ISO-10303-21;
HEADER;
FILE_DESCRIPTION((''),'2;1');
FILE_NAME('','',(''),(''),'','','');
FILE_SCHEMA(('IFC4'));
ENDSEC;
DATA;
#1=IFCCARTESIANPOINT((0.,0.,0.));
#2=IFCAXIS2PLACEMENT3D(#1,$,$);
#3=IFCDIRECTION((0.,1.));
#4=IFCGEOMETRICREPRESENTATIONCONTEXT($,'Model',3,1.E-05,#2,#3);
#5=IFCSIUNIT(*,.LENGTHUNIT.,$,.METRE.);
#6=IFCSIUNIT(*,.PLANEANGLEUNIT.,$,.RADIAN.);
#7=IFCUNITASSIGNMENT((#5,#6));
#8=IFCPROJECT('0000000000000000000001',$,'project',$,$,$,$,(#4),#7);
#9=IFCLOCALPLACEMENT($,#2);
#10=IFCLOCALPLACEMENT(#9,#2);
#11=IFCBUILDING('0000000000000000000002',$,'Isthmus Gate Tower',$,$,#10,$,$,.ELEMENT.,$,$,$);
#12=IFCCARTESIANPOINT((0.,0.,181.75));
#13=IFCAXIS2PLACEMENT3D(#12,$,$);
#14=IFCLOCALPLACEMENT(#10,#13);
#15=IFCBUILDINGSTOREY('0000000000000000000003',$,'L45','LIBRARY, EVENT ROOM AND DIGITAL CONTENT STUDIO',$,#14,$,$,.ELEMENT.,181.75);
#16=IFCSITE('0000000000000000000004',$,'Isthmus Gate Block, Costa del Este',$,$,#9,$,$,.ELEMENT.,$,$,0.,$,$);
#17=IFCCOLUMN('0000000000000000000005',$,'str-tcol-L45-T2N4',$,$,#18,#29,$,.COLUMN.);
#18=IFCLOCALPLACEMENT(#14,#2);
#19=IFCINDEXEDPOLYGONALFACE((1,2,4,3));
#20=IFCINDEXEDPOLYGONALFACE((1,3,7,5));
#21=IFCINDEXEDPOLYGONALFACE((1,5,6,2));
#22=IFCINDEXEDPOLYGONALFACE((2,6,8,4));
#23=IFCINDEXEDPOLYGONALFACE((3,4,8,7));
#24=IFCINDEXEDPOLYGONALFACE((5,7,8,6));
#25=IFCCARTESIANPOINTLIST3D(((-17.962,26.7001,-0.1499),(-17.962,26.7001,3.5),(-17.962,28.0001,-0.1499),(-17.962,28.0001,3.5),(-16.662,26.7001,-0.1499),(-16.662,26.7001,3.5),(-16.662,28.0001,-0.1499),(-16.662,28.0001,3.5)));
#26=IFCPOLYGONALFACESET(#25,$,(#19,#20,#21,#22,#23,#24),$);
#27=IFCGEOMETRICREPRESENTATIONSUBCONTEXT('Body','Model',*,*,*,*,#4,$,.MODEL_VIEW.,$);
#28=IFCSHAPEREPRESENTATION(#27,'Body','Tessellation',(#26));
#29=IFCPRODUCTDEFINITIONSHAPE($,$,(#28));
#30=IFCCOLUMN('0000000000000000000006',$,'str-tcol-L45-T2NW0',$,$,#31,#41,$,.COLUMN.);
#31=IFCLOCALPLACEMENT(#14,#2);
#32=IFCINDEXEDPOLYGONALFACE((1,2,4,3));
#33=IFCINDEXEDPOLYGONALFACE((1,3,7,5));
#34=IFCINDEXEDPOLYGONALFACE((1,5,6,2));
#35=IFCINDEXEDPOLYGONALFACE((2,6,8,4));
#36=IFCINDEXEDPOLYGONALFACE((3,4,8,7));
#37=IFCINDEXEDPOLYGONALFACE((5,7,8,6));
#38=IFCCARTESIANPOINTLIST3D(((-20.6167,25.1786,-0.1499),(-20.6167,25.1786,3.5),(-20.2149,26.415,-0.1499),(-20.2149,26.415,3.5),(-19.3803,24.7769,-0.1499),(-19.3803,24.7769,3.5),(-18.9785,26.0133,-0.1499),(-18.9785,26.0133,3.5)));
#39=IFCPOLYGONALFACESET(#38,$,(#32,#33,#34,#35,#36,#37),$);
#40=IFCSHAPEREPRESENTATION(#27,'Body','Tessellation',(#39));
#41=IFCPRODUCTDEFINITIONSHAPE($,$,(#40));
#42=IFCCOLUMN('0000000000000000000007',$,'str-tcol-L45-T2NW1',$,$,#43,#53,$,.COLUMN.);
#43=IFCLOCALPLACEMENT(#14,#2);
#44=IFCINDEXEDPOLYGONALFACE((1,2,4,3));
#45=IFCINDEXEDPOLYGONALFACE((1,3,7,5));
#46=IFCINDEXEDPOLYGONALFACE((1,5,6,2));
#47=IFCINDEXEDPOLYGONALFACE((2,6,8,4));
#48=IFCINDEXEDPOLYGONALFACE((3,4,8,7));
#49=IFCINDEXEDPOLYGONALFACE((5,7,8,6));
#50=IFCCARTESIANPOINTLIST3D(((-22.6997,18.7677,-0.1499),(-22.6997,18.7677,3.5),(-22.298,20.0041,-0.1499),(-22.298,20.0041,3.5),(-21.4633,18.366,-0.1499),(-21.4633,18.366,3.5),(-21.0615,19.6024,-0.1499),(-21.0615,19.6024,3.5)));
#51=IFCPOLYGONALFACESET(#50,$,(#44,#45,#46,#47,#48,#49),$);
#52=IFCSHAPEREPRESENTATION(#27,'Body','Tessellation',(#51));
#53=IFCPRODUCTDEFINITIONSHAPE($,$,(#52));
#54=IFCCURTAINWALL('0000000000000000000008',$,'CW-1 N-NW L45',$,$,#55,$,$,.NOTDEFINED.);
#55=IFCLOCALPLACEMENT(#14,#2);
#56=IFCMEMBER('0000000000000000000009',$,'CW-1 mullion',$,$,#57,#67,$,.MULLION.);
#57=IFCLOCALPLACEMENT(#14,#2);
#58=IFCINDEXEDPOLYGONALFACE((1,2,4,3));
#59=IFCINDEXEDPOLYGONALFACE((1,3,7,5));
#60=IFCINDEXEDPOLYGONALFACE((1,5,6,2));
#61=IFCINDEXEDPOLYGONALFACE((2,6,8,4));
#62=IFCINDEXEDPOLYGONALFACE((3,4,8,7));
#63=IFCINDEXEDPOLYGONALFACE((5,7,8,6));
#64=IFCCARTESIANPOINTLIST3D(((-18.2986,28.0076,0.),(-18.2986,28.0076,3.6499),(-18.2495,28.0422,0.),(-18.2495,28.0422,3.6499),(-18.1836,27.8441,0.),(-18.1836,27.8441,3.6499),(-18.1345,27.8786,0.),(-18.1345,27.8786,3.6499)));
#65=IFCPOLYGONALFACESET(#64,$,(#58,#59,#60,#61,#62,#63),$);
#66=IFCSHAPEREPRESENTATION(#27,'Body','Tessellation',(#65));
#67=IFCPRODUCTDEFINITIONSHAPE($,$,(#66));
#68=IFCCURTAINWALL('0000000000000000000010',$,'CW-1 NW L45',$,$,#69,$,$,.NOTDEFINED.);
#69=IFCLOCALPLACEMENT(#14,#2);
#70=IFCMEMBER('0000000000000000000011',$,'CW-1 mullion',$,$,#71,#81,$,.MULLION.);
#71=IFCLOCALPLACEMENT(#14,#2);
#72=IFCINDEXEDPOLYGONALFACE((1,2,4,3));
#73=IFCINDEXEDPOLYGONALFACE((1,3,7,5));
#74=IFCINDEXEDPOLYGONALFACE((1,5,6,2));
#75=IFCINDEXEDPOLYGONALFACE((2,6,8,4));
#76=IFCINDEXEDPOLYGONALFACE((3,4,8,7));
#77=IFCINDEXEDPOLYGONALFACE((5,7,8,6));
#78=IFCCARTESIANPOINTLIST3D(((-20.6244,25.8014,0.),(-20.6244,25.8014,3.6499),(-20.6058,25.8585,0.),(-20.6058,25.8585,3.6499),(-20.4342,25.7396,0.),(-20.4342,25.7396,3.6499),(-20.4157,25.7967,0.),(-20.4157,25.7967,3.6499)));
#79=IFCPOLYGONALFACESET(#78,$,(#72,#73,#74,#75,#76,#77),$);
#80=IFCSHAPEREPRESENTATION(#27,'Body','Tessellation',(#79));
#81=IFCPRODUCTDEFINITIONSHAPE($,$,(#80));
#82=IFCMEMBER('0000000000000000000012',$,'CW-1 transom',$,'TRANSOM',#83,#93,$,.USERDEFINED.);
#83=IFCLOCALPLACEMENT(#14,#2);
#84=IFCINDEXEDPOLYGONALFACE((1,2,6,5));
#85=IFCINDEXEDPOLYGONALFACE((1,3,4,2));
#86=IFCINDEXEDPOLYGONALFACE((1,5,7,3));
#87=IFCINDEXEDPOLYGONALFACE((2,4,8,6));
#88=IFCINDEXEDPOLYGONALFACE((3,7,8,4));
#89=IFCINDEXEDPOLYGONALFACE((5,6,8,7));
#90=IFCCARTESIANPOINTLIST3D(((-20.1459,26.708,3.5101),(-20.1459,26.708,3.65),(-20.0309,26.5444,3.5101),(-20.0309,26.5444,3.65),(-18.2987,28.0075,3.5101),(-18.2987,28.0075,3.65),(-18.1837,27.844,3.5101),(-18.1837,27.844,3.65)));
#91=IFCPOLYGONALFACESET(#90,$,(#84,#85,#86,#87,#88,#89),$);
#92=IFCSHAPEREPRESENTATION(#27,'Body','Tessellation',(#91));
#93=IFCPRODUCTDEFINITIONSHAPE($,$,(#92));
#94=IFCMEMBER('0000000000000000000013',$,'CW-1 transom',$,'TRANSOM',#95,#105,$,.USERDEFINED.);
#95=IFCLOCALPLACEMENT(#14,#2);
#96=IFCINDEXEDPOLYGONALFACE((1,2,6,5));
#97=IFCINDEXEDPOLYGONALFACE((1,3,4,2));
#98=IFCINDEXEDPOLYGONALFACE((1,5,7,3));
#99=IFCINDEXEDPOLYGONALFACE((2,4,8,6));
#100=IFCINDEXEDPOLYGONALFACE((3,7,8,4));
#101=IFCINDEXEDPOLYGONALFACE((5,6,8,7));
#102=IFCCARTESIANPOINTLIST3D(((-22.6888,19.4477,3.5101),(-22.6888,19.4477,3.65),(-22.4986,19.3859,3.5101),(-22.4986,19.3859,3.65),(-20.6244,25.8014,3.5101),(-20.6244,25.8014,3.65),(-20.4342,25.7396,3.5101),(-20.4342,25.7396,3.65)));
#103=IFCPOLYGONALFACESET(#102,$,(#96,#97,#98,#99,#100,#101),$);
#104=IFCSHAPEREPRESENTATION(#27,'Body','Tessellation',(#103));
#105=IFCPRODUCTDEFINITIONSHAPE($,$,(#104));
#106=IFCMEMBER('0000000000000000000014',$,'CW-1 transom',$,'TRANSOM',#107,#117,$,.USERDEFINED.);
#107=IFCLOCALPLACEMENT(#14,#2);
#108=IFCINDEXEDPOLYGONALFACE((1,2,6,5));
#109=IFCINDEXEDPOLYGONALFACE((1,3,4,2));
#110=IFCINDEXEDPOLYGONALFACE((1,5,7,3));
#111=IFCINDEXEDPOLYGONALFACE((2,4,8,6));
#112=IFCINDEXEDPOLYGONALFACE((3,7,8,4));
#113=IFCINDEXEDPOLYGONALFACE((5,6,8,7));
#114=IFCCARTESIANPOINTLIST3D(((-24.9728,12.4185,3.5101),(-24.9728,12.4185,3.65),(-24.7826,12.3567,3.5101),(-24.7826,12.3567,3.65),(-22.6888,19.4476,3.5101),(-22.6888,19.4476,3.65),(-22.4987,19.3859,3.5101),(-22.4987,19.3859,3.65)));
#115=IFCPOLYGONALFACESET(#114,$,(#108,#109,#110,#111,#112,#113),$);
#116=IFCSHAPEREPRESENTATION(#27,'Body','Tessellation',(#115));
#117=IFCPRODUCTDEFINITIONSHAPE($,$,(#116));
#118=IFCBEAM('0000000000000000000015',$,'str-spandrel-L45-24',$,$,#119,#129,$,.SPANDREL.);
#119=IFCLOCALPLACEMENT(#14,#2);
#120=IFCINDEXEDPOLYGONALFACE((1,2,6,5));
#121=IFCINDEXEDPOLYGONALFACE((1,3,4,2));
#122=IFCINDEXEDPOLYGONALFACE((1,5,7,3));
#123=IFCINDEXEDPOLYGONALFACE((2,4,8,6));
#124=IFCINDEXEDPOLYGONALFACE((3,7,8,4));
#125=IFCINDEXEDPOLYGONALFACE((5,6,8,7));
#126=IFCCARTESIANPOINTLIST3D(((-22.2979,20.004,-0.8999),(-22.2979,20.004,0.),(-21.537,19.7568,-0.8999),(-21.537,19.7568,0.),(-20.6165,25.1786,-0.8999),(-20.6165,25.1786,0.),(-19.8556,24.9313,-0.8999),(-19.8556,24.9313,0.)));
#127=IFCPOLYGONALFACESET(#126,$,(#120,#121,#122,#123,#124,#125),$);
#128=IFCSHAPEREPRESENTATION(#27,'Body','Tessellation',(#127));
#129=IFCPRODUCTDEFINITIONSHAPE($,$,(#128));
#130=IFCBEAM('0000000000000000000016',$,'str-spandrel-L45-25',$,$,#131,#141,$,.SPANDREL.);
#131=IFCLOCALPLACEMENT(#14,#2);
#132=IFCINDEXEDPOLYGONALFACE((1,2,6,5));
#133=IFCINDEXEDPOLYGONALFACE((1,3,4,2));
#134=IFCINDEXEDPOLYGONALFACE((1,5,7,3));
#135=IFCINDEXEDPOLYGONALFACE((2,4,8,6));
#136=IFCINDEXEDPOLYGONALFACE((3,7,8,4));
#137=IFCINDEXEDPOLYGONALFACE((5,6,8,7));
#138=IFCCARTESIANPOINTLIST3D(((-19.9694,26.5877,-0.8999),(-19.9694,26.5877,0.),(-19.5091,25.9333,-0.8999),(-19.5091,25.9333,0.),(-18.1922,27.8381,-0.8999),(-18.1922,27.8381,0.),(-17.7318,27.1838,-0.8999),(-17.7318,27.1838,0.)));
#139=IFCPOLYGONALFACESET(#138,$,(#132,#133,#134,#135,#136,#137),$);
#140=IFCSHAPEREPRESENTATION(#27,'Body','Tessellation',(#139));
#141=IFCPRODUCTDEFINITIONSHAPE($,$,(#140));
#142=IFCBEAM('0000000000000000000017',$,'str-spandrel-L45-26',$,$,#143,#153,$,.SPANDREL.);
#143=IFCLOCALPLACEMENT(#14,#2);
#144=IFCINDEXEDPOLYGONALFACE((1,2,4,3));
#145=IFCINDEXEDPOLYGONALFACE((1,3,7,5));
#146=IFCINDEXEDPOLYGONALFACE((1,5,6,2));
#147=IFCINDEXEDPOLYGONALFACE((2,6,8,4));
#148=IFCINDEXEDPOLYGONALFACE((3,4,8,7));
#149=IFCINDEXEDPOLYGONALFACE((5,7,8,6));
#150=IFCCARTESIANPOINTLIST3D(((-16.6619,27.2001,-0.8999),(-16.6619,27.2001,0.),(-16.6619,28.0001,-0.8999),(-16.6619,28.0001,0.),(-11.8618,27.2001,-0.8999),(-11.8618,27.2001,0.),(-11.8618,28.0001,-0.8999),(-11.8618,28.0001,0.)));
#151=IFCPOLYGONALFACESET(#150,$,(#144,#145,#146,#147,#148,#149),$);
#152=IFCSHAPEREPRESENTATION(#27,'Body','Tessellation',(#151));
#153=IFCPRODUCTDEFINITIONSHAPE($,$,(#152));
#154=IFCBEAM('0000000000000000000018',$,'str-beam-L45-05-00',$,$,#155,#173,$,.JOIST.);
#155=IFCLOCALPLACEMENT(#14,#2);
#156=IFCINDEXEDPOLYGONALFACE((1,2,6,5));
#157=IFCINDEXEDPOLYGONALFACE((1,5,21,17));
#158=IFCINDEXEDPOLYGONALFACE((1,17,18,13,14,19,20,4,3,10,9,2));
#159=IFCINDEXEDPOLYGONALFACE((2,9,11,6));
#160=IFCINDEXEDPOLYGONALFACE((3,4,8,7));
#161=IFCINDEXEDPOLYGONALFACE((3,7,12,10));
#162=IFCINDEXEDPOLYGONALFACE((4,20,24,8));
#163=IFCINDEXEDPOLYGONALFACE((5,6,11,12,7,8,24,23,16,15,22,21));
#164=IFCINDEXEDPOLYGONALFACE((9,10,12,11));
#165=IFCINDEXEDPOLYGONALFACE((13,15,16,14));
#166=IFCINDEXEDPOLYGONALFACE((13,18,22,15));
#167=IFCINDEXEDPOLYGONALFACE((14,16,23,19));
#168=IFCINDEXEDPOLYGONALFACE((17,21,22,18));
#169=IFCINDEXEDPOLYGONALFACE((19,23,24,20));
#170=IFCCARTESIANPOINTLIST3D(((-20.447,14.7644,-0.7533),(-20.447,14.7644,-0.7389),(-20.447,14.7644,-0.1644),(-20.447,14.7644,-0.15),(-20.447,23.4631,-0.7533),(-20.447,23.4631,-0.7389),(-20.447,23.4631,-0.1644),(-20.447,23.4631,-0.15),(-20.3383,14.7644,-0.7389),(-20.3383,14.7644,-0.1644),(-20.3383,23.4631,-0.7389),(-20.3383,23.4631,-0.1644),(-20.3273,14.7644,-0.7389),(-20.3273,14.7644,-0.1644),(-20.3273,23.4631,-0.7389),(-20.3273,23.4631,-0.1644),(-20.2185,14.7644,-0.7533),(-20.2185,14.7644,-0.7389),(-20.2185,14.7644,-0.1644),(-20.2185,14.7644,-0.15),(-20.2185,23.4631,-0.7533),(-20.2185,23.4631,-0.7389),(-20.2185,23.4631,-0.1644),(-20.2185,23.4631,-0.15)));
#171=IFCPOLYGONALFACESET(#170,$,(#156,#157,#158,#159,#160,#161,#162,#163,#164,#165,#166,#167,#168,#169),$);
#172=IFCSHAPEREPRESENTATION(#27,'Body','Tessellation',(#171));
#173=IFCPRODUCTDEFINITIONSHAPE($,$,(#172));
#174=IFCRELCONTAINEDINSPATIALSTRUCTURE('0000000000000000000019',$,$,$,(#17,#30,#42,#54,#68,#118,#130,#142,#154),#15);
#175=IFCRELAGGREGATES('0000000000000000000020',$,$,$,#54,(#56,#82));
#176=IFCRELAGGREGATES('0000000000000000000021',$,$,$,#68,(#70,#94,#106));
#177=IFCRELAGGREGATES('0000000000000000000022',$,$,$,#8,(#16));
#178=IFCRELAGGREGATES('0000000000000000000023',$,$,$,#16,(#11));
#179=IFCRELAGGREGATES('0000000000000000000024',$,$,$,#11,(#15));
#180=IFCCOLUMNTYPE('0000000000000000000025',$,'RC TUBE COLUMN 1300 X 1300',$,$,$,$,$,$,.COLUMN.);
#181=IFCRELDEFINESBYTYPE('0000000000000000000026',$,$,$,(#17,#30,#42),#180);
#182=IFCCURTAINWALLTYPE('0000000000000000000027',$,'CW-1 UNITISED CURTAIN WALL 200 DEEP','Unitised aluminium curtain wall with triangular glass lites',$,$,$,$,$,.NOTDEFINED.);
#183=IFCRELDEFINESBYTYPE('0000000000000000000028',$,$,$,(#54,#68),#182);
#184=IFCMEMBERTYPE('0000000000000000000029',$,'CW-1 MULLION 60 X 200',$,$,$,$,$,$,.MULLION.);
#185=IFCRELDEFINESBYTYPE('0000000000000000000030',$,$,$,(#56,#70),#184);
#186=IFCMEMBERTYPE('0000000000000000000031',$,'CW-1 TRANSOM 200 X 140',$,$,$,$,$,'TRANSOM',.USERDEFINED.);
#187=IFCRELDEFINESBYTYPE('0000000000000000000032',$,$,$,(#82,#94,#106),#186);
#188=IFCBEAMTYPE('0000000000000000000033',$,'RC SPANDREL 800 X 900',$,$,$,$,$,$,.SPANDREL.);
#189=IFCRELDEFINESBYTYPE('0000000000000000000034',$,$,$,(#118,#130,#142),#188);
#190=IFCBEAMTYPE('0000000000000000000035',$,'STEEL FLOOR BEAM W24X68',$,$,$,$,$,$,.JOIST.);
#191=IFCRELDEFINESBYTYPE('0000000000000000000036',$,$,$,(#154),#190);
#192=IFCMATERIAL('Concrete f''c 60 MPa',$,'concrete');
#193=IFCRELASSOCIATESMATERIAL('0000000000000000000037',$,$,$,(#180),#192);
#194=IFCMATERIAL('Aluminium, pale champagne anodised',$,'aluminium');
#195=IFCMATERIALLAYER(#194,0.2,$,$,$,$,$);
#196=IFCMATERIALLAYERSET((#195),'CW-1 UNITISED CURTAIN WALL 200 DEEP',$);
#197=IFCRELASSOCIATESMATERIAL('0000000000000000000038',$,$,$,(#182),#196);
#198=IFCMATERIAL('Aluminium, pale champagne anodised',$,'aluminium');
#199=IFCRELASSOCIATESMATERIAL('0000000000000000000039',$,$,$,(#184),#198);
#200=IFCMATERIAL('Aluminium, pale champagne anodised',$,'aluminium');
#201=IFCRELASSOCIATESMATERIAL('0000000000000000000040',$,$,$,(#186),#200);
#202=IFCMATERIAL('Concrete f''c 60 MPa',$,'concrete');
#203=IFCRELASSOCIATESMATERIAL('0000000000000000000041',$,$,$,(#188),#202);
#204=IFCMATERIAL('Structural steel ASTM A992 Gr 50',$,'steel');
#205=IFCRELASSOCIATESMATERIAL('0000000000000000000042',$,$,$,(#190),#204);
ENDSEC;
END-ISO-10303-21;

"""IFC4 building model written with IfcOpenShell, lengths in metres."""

from ifc_helpers import new_model, si_unit, direction, frame, origin, origin_2d, place, context, subcontext, project, spatial, rectangle, i_section, extrude, material, layer, layer_set, material_profile, profile_set, type_object, element, aggregate, save


model = new_model("IFC4")

# Units and contexts
model_context = context("Model", 3, precision=1e-05, world=origin(), true_north=direction((0.0, 1.0)))
body_context = subcontext(model_context, "Body", "Model", "MODEL_VIEW")
ifc_project = project(units=[si_unit("LENGTHUNIT", "METRE"), si_unit("PLANEANGLEUNIT", "RADIAN")], contexts=[model_context])

# Site, building, storey
site_placement = place(None, origin())
site = spatial("IfcSite", under=ifc_project, at=site_placement, Name="Isthmus Gate Block, Costa del Este", CompositionType="ELEMENT", RefElevation=0.0)
building_placement = place(site_placement, origin())
building = spatial("IfcBuilding", under=site, at=building_placement, Name="Isthmus Gate Tower", CompositionType="ELEMENT")
storey_placement = place(building_placement, frame((0.0, 0.0, 181.75)))
storey = spatial("IfcBuildingStorey", under=building, at=storey_placement, Name="L45", Description="LIBRARY, EVENT ROOM AND DIGITAL CONTENT STUDIO", CompositionType="ELEMENT", Elevation=181.75)

# Columns
ifc_material_1 = material(Name="Concrete f'c 60 MPa", Category="concrete")
ifc_material_profile_1 = material_profile(ifc_material_1, rectangle(XDim=1.3, YDim=1.3, at=origin_2d()), Name="RC 1300X1300")
ifc_profile_set_1 = profile_set([ifc_material_profile_1], Name="Concrete f'c 60 MPa")
column_type = type_object("IfcColumnType", Name="RC TUBE COLUMN 1300 X 1300", PredefinedType="COLUMN", material=ifc_profile_set_1)
for number, where, z_axis, x_axis, name in (
    (1, (-17.312, 27.3501, -0.1499), (0.0, 0.0, 1.0), (-1.0, 0.0, 0.0), "str-tcol-L45-T2N4"),
    (2, (-19.7976, 25.5959, -0.1499), (0.0, 0.0, 1.0), (-0.309017, -0.951057, 0.0), "str-tcol-L45-T2NW0"),
    (3, (-21.8806, 19.1851, -0.1499), (0.0, 0.0, 1.0), (-0.309017, -0.951057, 0.0), "str-tcol-L45-T2NW1"),
):
    element("IfcColumn", number, at=place(storey_placement, frame(where, z_axis=z_axis, x_axis=x_axis)), inside=storey, type_object=column_type, Name=name, PredefinedType="COLUMN", context=body_context, shape_type="SweptSolid", body=[
        extrude(rectangle(XDim=1.3, YDim=1.3, at=origin_2d()), origin(), (0.0, 0.0, 1.0), 3.6499),
    ])

# Curtain walls, members
ifc_material_2 = material(Name="Aluminium, pale champagne anodised", Category="aluminium")
ifc_layer_1 = layer(ifc_material_2, 0.2)
ifc_layer_set_1 = layer_set([ifc_layer_1], Name="CW-1 UNITISED CURTAIN WALL 200 DEEP")
curtain_wall_type = type_object("IfcCurtainWallType", Name="CW-1 UNITISED CURTAIN WALL 200 DEEP", Description="Unitised aluminium curtain wall with triangular glass lites", PredefinedType="NOTDEFINED", material=ifc_layer_set_1)
curtain_wall_1_placement = place(storey_placement, origin())
curtain_wall_1 = element("IfcCurtainWall", 4, at=curtain_wall_1_placement, inside=storey, type_object=curtain_wall_type, Name="CW-1 N-NW L45", PredefinedType="NOTDEFINED")
ifc_material_3 = material(Name="Aluminium, pale champagne anodised", Category="aluminium")
ifc_material_profile_2 = material_profile(ifc_material_3, rectangle(XDim=0.0601, YDim=0.2, at=origin_2d()), Name="60x200")
ifc_profile_set_2 = profile_set([ifc_material_profile_2], Name="Aluminium, pale champagne anodised")
member_type_1 = type_object("IfcMemberType", Name="CW-1 MULLION 60 X 200", PredefinedType="MULLION", material=ifc_profile_set_2)
member_1_placement = place(storey_placement, frame((-18.2166, 27.9431, 0.0), z_axis=(0.0, 0.0, 1.0), x_axis=(-0.81786, -0.575418, 0.0)))
member_1 = element("IfcMember", 5, at=member_1_placement, type_object=member_type_1, Name="CW-1 mullion", PredefinedType="MULLION", context=body_context, shape_type="SweptSolid", body=[
    extrude(rectangle(XDim=0.0601, YDim=0.2, at=origin_2d()), origin(), (0.0, 0.0, 1.0), 3.6499),
])
curtain_wall_2_placement = place(storey_placement, origin())
curtain_wall_2 = element("IfcCurtainWall", 6, at=curtain_wall_2_placement, inside=storey, type_object=curtain_wall_type, Name="CW-1 NW L45", PredefinedType="NOTDEFINED")
member_2_placement = place(storey_placement, frame((-20.52, 25.7991, 0.0), z_axis=(0.0, 0.0, 1.0), x_axis=(-0.309017, -0.951057, 0.0)))
member_2 = element("IfcMember", 7, at=member_2_placement, type_object=member_type_1, Name="CW-1 mullion", PredefinedType="MULLION", context=body_context, shape_type="SweptSolid", body=[
    extrude(rectangle(XDim=0.0601, YDim=0.2, at=origin_2d()), origin(), (0.0, 0.0, 1.0), 3.6499),
])

# Members
ifc_material_4 = material(Name="Aluminium, pale champagne anodised", Category="aluminium")
ifc_material_profile_3 = material_profile(ifc_material_4, rectangle(XDim=0.2, YDim=0.1399, at=origin_2d()), Name="200x140")
ifc_profile_set_3 = profile_set([ifc_material_profile_3], Name="Aluminium, pale champagne anodised")
member_type_2 = type_object("IfcMemberType", Name="CW-1 TRANSOM 200 X 140", ElementType="TRANSOM", PredefinedType="USERDEFINED", material=ifc_profile_set_3)
member_3_placement = place(storey_placement, frame((-18.2412, 27.9258, 3.5801), z_axis=(-0.817869, -0.575405, 0.0), x_axis=(0.575405, -0.817869, 0.0)))
member_3 = element("IfcMember", 8, at=member_3_placement, type_object=member_type_2, Name="CW-1 transom", ObjectType="TRANSOM", PredefinedType="USERDEFINED", context=body_context, shape_type="SweptSolid", body=[
    extrude(rectangle(XDim=0.2, YDim=0.1399, at=origin_2d()), origin(), (0.0, 0.0, 1.0), 2.2585),
])
member_4_placement = place(storey_placement, frame((-20.5293, 25.7705, 3.5801), z_axis=(-0.309016, -0.951057, 0.0), x_axis=(0.951057, -0.309016, 0.0)))
member_4 = element("IfcMember", 9, at=member_4_placement, type_object=member_type_2, Name="CW-1 transom", ObjectType="TRANSOM", PredefinedType="USERDEFINED", context=body_context, shape_type="SweptSolid", body=[
    extrude(rectangle(XDim=0.2, YDim=0.1399, at=origin_2d()), origin(), (0.0, 0.0, 1.0), 6.6807),
])
member_5_placement = place(storey_placement, frame((-22.5938, 19.4167, 3.5801), z_axis=(-0.309024, -0.951054, 0.0), x_axis=(0.951054, -0.309024, 0.0)))
member_5 = element("IfcMember", 10, at=member_5_placement, type_object=member_type_2, Name="CW-1 transom", ObjectType="TRANSOM", PredefinedType="USERDEFINED", context=body_context, shape_type="SweptSolid", body=[
    extrude(rectangle(XDim=0.2, YDim=0.1399, at=origin_2d()), origin(), (0.0, 0.0, 1.0), 7.3909),
])

# Beams
ifc_material_5 = material(Name="Concrete f'c 60 MPa", Category="concrete")
ifc_material_profile_4 = material_profile(ifc_material_5, rectangle(XDim=0.8, YDim=0.8999, at=origin_2d()), Name="RC 800X900")
ifc_profile_set_4 = profile_set([ifc_material_profile_4], Name="Concrete f'c 60 MPa")
beam_type_1 = type_object("IfcBeamType", Name="RC SPANDREL 800 X 900", PredefinedType="SPANDREL", material=ifc_profile_set_4)
beam_1_placement = place(storey_placement, frame((-21.9175, 19.8804, -0.45), z_axis=(0.30903, 0.951052, 0.0), x_axis=(-0.951052, 0.30903, 0.0)))
element("IfcBeam", 11, at=beam_1_placement, inside=storey, type_object=beam_type_1, Name="str-spandrel-L45-24", PredefinedType="SPANDREL", context=body_context, shape_type="SweptSolid", body=[
    extrude(rectangle(XDim=0.8, YDim=0.8999, at=origin_2d()), origin(), (0.0, 0.0, 1.0), 5.4409),
])
beam_2_placement = place(storey_placement, frame((-19.7393, 26.2605, -0.45), z_axis=(0.817857, 0.575421, 0.0), x_axis=(-0.575421, 0.817857, 0.0)))
element("IfcBeam", 12, at=beam_2_placement, inside=storey, type_object=beam_type_1, Name="str-spandrel-L45-25", PredefinedType="SPANDREL", context=body_context, shape_type="SweptSolid", body=[
    extrude(rectangle(XDim=0.8, YDim=0.8999, at=origin_2d()), origin(), (0.0, 0.0, 1.0), 2.1731),
])
beam_3_placement = place(storey_placement, frame((-16.6619, 27.6001, -0.45), z_axis=(1.0, 0.0, 0.0), x_axis=(0.0, 1.0, 0.0)))
element("IfcBeam", 13, at=beam_3_placement, inside=storey, type_object=beam_type_1, Name="str-spandrel-L45-26", PredefinedType="SPANDREL", context=body_context, shape_type="SweptSolid", body=[
    extrude(rectangle(XDim=0.8, YDim=0.8999, at=origin_2d()), origin(), (0.0, 0.0, 1.0), 4.8),
])
ifc_material_6 = material(Name="Structural steel ASTM A992 Gr 50", Category="steel")
ifc_material_profile_5 = material_profile(ifc_material_6, i_section(OverallWidth=0.2285, OverallDepth=0.6033, WebThickness=0.011, FlangeThickness=0.0144, at=origin_2d()), Name="W24X68")
ifc_profile_set_5 = profile_set([ifc_material_profile_5], Name="Structural steel ASTM A992 Gr 50")
beam_type_2 = type_object("IfcBeamType", Name="STEEL FLOOR BEAM W24X68", PredefinedType="JOIST", material=ifc_profile_set_5)
beam_4_placement = place(storey_placement, frame((-20.3328, 14.7644, -0.4517), z_axis=(0.0, 1.0, 0.0), x_axis=(-1.0, 0.0, 0.0)))
element("IfcBeam", 14, at=beam_4_placement, inside=storey, type_object=beam_type_2, Name="str-beam-L45-05-00", PredefinedType="JOIST", context=body_context, shape_type="SweptSolid", body=[
    extrude(i_section(OverallWidth=0.2285, OverallDepth=0.6033, WebThickness=0.011, FlangeThickness=0.0144, at=origin_2d()), origin(), (0.0, 0.0, 1.0), 8.6987),
])

aggregate(curtain_wall_1, [member_1, member_3])

aggregate(curtain_wall_2, [member_2, member_4, member_5])

save(model, "model.ifc")
